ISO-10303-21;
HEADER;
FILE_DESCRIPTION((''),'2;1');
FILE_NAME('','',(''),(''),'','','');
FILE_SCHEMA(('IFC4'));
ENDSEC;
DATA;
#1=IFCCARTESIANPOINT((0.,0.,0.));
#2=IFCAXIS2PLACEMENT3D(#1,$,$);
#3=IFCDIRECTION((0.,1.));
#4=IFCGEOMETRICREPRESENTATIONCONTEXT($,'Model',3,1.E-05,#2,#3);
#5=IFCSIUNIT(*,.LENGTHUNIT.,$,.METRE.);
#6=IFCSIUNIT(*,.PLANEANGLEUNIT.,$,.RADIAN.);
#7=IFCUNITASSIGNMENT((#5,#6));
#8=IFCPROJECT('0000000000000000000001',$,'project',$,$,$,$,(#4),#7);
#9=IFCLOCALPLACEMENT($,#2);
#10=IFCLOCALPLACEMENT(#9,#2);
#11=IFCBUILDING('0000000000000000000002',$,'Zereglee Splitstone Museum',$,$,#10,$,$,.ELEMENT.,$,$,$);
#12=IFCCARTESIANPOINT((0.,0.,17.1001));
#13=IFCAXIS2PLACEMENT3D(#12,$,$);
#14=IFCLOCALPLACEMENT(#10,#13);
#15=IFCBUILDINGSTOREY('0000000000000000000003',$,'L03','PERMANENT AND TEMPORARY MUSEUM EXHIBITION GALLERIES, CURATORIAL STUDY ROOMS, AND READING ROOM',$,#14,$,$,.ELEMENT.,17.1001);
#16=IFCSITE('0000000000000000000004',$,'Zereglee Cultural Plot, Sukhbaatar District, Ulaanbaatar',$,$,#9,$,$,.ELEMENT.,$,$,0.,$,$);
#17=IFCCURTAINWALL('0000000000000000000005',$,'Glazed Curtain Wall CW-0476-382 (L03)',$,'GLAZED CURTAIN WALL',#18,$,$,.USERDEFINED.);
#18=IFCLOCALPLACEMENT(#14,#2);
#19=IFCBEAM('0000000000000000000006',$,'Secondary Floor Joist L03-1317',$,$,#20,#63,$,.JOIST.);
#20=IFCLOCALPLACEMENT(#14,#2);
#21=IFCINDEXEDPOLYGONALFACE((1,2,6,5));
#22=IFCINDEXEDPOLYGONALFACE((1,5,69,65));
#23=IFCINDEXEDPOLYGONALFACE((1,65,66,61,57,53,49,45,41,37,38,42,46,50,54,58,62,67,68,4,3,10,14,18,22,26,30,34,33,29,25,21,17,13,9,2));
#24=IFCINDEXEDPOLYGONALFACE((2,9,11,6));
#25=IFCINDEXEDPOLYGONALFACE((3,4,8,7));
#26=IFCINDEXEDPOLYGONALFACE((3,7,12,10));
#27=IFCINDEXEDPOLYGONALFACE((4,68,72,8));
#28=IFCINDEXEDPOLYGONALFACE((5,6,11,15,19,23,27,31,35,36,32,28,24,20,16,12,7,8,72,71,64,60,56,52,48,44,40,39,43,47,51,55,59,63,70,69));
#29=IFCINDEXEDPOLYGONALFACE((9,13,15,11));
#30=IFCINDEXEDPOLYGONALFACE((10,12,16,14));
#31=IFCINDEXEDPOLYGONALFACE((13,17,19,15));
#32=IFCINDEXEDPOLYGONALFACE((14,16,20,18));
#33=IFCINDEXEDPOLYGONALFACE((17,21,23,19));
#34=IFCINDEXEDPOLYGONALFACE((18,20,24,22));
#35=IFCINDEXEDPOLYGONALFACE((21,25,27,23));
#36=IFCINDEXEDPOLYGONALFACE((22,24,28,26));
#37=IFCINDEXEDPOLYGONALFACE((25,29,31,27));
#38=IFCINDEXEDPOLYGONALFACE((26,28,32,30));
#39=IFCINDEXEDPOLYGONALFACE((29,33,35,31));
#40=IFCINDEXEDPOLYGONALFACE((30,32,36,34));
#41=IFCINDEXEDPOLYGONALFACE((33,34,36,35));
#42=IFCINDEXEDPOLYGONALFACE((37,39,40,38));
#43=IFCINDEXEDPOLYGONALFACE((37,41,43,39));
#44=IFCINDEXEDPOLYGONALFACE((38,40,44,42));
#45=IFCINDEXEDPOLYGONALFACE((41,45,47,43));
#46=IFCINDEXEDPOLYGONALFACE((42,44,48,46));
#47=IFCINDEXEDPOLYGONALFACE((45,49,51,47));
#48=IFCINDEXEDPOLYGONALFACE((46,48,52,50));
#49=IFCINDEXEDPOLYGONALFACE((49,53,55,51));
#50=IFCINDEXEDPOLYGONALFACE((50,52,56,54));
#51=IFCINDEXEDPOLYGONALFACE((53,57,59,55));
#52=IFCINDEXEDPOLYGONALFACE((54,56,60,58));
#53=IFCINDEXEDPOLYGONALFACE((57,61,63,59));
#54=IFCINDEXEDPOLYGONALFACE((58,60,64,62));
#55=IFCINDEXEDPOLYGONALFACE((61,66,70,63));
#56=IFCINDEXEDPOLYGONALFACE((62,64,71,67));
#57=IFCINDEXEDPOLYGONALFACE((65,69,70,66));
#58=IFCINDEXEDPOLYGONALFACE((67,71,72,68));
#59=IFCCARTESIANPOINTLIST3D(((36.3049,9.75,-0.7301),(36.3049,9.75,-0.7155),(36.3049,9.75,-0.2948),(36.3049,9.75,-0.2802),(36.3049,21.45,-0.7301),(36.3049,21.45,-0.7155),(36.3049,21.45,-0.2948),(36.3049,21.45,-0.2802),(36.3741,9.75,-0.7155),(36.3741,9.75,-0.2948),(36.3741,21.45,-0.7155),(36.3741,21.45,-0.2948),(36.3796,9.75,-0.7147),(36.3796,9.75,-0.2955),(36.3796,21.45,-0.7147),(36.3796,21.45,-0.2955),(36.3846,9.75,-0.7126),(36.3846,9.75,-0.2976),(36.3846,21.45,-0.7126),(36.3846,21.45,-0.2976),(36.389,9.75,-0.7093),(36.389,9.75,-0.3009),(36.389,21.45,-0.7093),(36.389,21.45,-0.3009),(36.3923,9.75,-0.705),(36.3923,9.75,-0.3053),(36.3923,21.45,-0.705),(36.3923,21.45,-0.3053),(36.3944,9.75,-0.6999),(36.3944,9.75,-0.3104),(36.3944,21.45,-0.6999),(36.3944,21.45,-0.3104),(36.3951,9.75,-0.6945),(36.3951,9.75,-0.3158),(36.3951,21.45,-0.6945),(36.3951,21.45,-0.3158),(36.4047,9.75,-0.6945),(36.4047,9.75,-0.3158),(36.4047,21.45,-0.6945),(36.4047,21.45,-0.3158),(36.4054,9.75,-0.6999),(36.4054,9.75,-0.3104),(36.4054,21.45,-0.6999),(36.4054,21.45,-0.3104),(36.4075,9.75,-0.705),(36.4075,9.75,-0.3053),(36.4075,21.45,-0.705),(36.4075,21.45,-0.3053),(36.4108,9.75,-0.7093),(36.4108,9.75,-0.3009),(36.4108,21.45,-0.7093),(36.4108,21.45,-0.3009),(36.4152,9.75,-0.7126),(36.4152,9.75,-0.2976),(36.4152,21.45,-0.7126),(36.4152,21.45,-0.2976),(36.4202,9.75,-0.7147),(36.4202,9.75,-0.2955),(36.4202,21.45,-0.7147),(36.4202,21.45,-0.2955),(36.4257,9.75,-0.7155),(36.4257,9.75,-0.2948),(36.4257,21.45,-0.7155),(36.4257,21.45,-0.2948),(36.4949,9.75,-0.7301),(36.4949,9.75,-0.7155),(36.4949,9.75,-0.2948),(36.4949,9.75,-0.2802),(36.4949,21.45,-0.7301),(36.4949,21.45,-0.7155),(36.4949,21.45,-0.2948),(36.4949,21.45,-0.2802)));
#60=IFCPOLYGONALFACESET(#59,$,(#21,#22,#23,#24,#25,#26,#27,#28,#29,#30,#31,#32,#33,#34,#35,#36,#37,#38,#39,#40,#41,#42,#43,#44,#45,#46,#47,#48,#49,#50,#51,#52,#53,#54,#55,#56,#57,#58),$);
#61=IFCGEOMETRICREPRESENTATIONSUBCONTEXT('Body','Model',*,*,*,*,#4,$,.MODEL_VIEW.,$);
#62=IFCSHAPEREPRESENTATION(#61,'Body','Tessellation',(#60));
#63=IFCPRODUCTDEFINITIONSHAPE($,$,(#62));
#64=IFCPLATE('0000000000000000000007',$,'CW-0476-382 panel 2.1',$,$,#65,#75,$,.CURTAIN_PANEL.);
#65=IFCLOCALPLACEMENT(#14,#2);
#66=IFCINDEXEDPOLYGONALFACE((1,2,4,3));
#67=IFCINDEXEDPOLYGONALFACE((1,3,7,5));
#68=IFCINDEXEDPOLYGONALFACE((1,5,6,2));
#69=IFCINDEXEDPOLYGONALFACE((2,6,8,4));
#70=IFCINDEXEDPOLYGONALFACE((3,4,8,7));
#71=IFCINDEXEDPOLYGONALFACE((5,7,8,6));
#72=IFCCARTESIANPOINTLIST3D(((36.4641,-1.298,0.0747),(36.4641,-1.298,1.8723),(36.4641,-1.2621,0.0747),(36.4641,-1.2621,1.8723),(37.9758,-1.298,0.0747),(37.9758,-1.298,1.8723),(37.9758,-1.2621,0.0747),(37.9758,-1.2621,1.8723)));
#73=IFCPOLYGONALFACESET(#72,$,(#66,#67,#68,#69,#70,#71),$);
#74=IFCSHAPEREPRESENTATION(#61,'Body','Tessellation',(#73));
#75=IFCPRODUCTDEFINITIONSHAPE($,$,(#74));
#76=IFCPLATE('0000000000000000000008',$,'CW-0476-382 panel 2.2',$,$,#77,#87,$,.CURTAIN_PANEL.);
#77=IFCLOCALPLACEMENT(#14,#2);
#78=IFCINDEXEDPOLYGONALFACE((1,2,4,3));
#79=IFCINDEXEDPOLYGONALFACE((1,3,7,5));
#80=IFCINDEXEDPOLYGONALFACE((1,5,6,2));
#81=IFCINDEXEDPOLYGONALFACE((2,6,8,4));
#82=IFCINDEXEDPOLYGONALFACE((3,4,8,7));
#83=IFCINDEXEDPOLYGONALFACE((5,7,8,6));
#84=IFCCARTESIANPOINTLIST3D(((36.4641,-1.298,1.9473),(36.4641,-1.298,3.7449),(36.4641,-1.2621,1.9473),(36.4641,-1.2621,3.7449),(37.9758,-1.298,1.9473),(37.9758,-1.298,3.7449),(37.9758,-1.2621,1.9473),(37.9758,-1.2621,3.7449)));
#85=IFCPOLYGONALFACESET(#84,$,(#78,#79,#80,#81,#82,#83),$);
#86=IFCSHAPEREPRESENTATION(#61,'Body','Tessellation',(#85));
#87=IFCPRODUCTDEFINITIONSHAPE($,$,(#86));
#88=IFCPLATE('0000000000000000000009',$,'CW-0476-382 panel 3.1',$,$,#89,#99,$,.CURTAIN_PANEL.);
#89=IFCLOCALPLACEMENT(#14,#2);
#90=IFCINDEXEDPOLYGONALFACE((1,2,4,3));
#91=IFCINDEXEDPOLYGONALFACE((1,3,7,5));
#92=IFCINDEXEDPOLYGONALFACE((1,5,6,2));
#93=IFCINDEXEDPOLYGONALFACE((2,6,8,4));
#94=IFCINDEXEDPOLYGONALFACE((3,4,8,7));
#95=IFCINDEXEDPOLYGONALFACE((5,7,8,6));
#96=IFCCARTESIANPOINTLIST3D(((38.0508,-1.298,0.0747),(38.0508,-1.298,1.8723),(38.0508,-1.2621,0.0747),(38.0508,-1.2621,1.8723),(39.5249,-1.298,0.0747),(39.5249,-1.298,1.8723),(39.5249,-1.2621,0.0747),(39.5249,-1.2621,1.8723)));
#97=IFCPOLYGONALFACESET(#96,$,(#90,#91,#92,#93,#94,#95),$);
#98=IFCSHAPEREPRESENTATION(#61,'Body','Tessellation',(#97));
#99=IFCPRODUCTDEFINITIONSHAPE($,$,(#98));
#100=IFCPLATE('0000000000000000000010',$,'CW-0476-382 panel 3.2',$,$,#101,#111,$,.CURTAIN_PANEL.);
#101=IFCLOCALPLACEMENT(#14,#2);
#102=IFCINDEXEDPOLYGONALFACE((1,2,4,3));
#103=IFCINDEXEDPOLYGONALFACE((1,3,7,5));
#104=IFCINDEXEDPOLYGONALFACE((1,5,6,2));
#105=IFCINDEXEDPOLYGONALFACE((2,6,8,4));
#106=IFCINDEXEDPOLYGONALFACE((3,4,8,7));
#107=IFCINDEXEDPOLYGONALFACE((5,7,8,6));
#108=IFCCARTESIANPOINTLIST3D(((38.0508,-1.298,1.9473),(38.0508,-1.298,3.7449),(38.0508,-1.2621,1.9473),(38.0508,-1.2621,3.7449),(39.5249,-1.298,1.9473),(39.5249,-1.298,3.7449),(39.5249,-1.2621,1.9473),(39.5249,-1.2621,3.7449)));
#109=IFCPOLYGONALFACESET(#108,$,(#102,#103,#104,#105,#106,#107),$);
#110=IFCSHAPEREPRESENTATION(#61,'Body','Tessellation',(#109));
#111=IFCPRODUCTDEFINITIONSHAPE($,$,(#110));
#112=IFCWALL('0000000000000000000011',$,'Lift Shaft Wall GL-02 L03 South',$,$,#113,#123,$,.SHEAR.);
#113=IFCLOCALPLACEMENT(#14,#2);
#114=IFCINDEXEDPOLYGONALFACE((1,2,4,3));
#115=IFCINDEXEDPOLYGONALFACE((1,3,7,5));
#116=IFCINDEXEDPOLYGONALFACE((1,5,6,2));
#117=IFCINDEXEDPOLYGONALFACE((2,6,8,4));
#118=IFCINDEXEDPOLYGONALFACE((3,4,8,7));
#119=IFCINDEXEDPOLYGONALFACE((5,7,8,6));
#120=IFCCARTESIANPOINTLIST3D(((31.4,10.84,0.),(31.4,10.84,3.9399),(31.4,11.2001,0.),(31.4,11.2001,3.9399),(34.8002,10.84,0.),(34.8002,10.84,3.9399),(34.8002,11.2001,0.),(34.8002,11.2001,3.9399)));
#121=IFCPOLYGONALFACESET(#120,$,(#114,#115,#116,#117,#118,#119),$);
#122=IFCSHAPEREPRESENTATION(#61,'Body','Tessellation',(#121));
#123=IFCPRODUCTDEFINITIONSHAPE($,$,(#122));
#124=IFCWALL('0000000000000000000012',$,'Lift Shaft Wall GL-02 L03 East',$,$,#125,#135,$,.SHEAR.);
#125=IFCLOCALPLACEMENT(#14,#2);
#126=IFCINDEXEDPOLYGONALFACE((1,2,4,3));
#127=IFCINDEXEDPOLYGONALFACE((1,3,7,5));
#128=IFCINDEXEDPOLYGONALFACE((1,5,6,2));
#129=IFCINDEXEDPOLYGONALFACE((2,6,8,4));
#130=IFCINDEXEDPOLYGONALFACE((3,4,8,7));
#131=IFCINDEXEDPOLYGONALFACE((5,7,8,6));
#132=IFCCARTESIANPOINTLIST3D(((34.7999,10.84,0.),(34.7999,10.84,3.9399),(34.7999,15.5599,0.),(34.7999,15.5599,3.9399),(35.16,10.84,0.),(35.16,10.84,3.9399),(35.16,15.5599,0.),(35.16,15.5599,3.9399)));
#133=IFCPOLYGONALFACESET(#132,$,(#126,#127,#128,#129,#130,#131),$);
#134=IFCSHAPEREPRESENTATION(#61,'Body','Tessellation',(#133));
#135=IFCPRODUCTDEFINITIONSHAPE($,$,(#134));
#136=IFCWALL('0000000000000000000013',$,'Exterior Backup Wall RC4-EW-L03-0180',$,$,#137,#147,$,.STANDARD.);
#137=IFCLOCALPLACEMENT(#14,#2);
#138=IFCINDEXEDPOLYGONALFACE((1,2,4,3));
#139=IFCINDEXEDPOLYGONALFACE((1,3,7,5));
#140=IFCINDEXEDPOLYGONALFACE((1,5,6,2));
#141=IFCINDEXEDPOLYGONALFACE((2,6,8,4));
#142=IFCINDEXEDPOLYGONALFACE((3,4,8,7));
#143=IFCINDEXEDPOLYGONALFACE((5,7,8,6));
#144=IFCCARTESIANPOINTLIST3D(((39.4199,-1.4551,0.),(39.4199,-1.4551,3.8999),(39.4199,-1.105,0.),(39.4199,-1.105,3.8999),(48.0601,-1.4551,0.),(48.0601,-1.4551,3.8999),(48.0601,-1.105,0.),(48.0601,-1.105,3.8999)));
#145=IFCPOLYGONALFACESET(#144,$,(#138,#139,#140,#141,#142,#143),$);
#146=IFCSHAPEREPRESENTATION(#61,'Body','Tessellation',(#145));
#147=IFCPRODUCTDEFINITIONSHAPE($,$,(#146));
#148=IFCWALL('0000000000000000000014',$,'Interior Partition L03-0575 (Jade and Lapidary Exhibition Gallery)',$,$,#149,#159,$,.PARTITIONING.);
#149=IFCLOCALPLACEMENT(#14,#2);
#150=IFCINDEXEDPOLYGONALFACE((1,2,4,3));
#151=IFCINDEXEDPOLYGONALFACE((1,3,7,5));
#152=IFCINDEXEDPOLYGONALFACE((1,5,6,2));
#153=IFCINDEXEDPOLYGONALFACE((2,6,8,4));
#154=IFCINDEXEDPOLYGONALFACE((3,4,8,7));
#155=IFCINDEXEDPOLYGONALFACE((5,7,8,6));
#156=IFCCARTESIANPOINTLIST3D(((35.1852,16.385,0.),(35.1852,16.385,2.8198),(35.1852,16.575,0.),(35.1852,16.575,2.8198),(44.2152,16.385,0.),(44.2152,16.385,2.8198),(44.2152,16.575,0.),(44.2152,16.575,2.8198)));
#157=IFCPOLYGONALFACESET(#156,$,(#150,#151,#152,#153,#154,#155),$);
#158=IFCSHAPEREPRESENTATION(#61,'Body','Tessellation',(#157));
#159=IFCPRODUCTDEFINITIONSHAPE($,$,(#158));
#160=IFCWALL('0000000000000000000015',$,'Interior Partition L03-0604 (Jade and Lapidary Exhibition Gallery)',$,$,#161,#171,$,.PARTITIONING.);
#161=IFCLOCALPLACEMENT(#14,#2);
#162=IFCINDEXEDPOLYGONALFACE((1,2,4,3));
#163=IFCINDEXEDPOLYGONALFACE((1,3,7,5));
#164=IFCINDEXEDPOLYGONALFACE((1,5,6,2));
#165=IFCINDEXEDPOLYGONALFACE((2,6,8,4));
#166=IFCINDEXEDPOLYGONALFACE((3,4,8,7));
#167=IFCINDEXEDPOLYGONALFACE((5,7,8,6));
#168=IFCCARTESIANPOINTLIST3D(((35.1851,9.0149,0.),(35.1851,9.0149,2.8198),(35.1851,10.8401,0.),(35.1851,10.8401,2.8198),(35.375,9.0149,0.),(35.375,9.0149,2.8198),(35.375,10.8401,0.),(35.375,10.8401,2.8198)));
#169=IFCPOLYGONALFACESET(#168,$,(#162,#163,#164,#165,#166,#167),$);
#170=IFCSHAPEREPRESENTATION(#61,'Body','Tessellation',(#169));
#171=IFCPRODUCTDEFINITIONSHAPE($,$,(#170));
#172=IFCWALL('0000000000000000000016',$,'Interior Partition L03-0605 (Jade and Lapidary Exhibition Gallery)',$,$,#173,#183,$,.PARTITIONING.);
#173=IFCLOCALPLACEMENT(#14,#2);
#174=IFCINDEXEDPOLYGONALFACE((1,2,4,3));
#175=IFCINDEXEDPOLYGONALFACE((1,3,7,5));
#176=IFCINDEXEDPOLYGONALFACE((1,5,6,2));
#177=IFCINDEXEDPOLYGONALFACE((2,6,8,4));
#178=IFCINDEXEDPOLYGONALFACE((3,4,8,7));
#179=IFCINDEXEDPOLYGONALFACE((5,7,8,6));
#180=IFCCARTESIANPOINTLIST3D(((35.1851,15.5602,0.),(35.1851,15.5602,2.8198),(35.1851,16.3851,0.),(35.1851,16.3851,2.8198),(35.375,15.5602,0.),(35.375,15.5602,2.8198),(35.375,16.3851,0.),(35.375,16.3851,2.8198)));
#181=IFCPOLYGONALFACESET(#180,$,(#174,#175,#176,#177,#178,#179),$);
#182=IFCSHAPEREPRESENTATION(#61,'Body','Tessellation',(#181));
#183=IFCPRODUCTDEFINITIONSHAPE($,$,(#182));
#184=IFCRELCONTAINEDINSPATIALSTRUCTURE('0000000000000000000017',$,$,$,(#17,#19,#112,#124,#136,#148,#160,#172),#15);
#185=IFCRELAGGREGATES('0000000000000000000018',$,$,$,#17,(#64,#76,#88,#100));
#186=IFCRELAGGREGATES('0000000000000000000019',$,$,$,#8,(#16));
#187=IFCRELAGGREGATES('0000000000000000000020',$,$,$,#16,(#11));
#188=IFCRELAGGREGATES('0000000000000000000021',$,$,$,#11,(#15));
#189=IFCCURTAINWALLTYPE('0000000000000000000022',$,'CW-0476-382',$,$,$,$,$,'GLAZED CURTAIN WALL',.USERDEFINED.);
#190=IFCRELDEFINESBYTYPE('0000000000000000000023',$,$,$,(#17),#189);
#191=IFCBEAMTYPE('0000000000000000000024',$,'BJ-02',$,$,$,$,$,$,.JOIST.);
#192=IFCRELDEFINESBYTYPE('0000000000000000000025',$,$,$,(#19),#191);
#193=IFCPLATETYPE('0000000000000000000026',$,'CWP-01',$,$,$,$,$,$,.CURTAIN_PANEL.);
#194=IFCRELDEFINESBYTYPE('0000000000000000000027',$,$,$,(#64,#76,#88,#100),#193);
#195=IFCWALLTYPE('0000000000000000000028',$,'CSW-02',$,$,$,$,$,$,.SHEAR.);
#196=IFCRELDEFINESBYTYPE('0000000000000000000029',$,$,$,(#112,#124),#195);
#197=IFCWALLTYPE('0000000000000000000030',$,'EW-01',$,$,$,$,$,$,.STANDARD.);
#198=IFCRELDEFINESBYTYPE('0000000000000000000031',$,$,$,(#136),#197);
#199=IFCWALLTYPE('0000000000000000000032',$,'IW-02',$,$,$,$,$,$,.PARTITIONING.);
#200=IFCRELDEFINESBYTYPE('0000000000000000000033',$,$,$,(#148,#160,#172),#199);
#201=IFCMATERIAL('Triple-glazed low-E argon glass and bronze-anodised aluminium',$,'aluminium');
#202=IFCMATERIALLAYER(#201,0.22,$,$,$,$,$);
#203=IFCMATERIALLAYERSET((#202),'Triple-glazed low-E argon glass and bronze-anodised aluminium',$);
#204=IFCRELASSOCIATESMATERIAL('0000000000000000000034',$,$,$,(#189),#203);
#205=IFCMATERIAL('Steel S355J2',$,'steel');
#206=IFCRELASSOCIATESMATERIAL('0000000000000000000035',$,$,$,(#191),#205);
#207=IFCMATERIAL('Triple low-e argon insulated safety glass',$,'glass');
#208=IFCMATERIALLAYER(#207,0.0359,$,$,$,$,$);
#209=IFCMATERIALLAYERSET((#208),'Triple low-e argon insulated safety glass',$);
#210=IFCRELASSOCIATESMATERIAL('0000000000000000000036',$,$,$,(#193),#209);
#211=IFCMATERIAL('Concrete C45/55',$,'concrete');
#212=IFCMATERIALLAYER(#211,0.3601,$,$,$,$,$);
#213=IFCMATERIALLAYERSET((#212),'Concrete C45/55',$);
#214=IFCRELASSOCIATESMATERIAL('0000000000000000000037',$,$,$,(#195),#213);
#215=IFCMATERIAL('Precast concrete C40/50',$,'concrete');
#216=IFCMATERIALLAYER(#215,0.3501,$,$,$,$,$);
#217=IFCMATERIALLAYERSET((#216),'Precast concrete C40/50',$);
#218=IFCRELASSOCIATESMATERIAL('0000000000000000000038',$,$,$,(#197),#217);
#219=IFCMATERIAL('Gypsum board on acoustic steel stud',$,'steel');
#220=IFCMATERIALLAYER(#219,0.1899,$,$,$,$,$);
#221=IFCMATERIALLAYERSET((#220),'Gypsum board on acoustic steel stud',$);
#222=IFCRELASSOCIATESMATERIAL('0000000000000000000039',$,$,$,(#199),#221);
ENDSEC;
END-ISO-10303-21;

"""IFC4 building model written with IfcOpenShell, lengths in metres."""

from ifc_helpers import new_model, si_unit, direction, frame, frame_2d, origin, origin_2d, place, context, subcontext, project, spatial, rectangle, i_section, extrude, material, layer, layer_set, material_profile, profile_set, type_object, element, aggregate, save


model = new_model("IFC4")

# Units and contexts
model_context = context("Model", 3, precision=1e-05, world=origin(), true_north=direction((0.0, 1.0)))
body_context = subcontext(model_context, "Body", "Model", "MODEL_VIEW")
ifc_project = project(units=[si_unit("LENGTHUNIT", "METRE"), si_unit("PLANEANGLEUNIT", "RADIAN")], contexts=[model_context])

# Site, building, storey
site_placement = place(None, origin())
site = spatial("IfcSite", under=ifc_project, at=site_placement, Name="Zereglee Cultural Plot, Sukhbaatar District, Ulaanbaatar", CompositionType="ELEMENT", RefElevation=0.0)
building_placement = place(site_placement, origin())
building = spatial("IfcBuilding", under=site, at=building_placement, Name="Zereglee Splitstone Museum", CompositionType="ELEMENT")
storey_placement = place(building_placement, frame((0.0, 0.0, 17.1001)))
storey = spatial("IfcBuildingStorey", under=building, at=storey_placement, Name="L03", Description="PERMANENT AND TEMPORARY MUSEUM EXHIBITION GALLERIES, CURATORIAL STUDY ROOMS, AND READING ROOM", CompositionType="ELEMENT", Elevation=17.1001)

# Curtain wall
ifc_material_1 = material(Name="Triple-glazed low-E argon glass and bronze-anodised aluminium", Category="aluminium")
ifc_layer_1 = layer(ifc_material_1, 0.22)
ifc_layer_set_1 = layer_set([ifc_layer_1], Name="Triple-glazed low-E argon glass and bronze-anodised aluminium")
curtain_wall_type = type_object("IfcCurtainWallType", Name="CW-0476-382", ElementType="GLAZED CURTAIN WALL", PredefinedType="USERDEFINED", material=ifc_layer_set_1)
curtain_wall_placement = place(storey_placement, origin())
curtain_wall = element("IfcCurtainWall", 1, at=curtain_wall_placement, inside=storey, type_object=curtain_wall_type, Name="Glazed Curtain Wall CW-0476-382 (L03)", ObjectType="GLAZED CURTAIN WALL", PredefinedType="USERDEFINED")

# Beam
ifc_material_2 = material(Name="Steel S355J2", Category="steel")
ifc_material_profile_1 = material_profile(ifc_material_2, i_section(OverallWidth=0.1899, OverallDepth=0.45, WebThickness=0.0095, FlangeThickness=0.0146, FilletRadius=0.021, at=origin_2d()), Name="IPE 450")
ifc_profile_set_1 = profile_set([ifc_material_profile_1], Name="Steel S355J2")
beam_type_1 = type_object("IfcBeamType", Name="BJ-02", PredefinedType="JOIST", material=ifc_profile_set_1)
beam_1_placement = place(storey_placement, frame((36.3999, 9.75, -0.5051), z_axis=(0.0, 1.0, 0.0), x_axis=(-1.0, 0.0, 0.0)))
element("IfcBeam", 2, at=beam_1_placement, inside=storey, type_object=beam_type_1, Name="Secondary Floor Joist L03-1317", PredefinedType="JOIST", context=body_context, shape_type="SweptSolid", body=[
    extrude(i_section(OverallWidth=0.1899, OverallDepth=0.45, WebThickness=0.0095, FlangeThickness=0.0146, FilletRadius=0.021, at=origin_2d()), origin(), (0.0, 0.0, 1.0), 11.7),
])

# Plates
ifc_material_3 = material(Name="Triple low-e argon insulated safety glass", Category="glass")
ifc_layer_2 = layer(ifc_material_3, 0.0359)
ifc_layer_set_2 = layer_set([ifc_layer_2], Name="Triple low-e argon insulated safety glass")
plate_type = type_object("IfcPlateType", Name="CWP-01", PredefinedType="CURTAIN_PANEL", material=ifc_layer_set_2)
plate_1_placement = place(storey_placement, frame((37.22, -1.28, 0.0747), z_axis=(0.0, 0.0, 1.0), x_axis=(1.0, 0.0, 0.0)))
plate_1 = element("IfcPlate", 3, at=plate_1_placement, type_object=plate_type, Name="CW-0476-382 panel 2.1", PredefinedType="CURTAIN_PANEL", context=body_context, shape_type="SweptSolid", body=[
    extrude(rectangle(XDim=1.5117, YDim=0.0359, at=origin_2d()), origin(), (0.0, 0.0, 1.0), 1.7976),
])
plate_2_placement = place(storey_placement, frame((37.22, -1.28, 1.9473), z_axis=(0.0, 0.0, 1.0), x_axis=(1.0, 0.0, 0.0)))
plate_2 = element("IfcPlate", 4, at=plate_2_placement, type_object=plate_type, Name="CW-0476-382 panel 2.2", PredefinedType="CURTAIN_PANEL", context=body_context, shape_type="SweptSolid", body=[
    extrude(rectangle(XDim=1.5117, YDim=0.0359, at=origin_2d()), origin(), (0.0, 0.0, 1.0), 1.7976),
])
plate_3_placement = place(storey_placement, frame((38.7878, -1.28, 0.0747), z_axis=(0.0, 0.0, 1.0), x_axis=(1.0, 0.0, 0.0)))
plate_3 = element("IfcPlate", 5, at=plate_3_placement, type_object=plate_type, Name="CW-0476-382 panel 3.1", PredefinedType="CURTAIN_PANEL", context=body_context, shape_type="SweptSolid", body=[
    extrude(rectangle(XDim=1.4741, YDim=0.0359, at=origin_2d()), origin(), (0.0, 0.0, 1.0), 1.7976),
])
plate_4_placement = place(storey_placement, frame((38.7878, -1.28, 1.9473), z_axis=(0.0, 0.0, 1.0), x_axis=(1.0, 0.0, 0.0)))
plate_4 = element("IfcPlate", 6, at=plate_4_placement, type_object=plate_type, Name="CW-0476-382 panel 3.2", PredefinedType="CURTAIN_PANEL", context=body_context, shape_type="SweptSolid", body=[
    extrude(rectangle(XDim=1.4741, YDim=0.0359, at=origin_2d()), origin(), (0.0, 0.0, 1.0), 1.7976),
])
aggregate(curtain_wall, [plate_1, plate_2, plate_3, plate_4])

# Shared definitions
ifc_material_4 = material(Name="Concrete C45/55", Category="concrete")
ifc_layer_3 = layer(ifc_material_4, 0.3601)
ifc_layer_set_3 = layer_set([ifc_layer_3], Name="Concrete C45/55")
wall_type_1 = type_object("IfcWallType", Name="CSW-02", PredefinedType="SHEAR", material=ifc_layer_set_3)

# Walls
wall_1_placement = place(storey_placement, frame((31.3999, 11.02, 0.0), z_axis=(0.0, 0.0, 1.0), x_axis=(1.0, 0.0, 0.0)))
element("IfcWall", 7, at=wall_1_placement, inside=storey, type_object=wall_type_1, Name="Lift Shaft Wall GL-02 L03 South", PredefinedType="SHEAR", context=body_context, shape_type="SweptSolid", body=[
    extrude(rectangle(XDim=3.4001, YDim=0.3601, at=frame_2d((1.7002, 0.0))), origin(), (0.0, 0.0, 1.0), 3.9399),
])
wall_2_placement = place(storey_placement, frame((34.98, 10.8401, 0.0), z_axis=(0.0, 0.0, 1.0), x_axis=(0.0, 1.0, 0.0)))
element("IfcWall", 8, at=wall_2_placement, inside=storey, type_object=wall_type_1, Name="Lift Shaft Wall GL-02 L03 East", PredefinedType="SHEAR", context=body_context, shape_type="SweptSolid", body=[
    extrude(rectangle(XDim=4.72, YDim=0.3601, at=frame_2d((2.3599, 0.0))), origin(), (0.0, 0.0, 1.0), 3.9399),
])
ifc_material_5 = material(Name="Precast concrete C40/50", Category="concrete")
ifc_layer_4 = layer(ifc_material_5, 0.3501)
ifc_layer_set_4 = layer_set([ifc_layer_4], Name="Precast concrete C40/50")
wall_type_2 = type_object("IfcWallType", Name="EW-01", PredefinedType="STANDARD", material=ifc_layer_set_4)
wall_3_placement = place(storey_placement, frame((39.4199, -1.28, 0.0), z_axis=(0.0, 0.0, 1.0), x_axis=(1.0, 0.0, 0.0)))
element("IfcWall", 9, at=wall_3_placement, inside=storey, type_object=wall_type_2, Name="Exterior Backup Wall RC4-EW-L03-0180", PredefinedType="STANDARD", context=body_context, shape_type="SweptSolid", body=[
    extrude(rectangle(XDim=8.6401, YDim=0.3501, at=frame_2d((4.3201, 0.0))), origin(), (0.0, 0.0, 1.0), 3.8999),
])
ifc_material_6 = material(Name="Gypsum board on acoustic steel stud", Category="steel")
ifc_layer_5 = layer(ifc_material_6, 0.1899)
ifc_layer_set_5 = layer_set([ifc_layer_5], Name="Gypsum board on acoustic steel stud")
wall_type_3 = type_object("IfcWallType", Name="IW-02", PredefinedType="PARTITIONING", material=ifc_layer_set_5)
wall_4_placement = place(storey_placement, frame((35.1851, 16.48, 0.0), z_axis=(0.0, 0.0, 1.0), x_axis=(1.0, 0.0, 0.0)))
element("IfcWall", 10, at=wall_4_placement, inside=storey, type_object=wall_type_3, Name="Interior Partition L03-0575 (Jade and Lapidary Exhibition Gallery)", PredefinedType="PARTITIONING", context=body_context, shape_type="SweptSolid", body=[
    extrude(rectangle(XDim=9.03, YDim=0.1899, at=frame_2d((4.5151, 0.0))), origin(), (0.0, 0.0, 1.0), 2.8198),
])
wall_5_placement = place(storey_placement, frame((35.28, 9.0149, 0.0), z_axis=(0.0, 0.0, 1.0), x_axis=(0.0, 1.0, 0.0)))
element("IfcWall", 11, at=wall_5_placement, inside=storey, type_object=wall_type_3, Name="Interior Partition L03-0604 (Jade and Lapidary Exhibition Gallery)", PredefinedType="PARTITIONING", context=body_context, shape_type="SweptSolid", body=[
    extrude(rectangle(XDim=1.8252, YDim=0.1899, at=frame_2d((0.9126, 0.0))), origin(), (0.0, 0.0, 1.0), 2.8198),
])
wall_6_placement = place(storey_placement, frame((35.28, 15.5601, 0.0), z_axis=(0.0, 0.0, 1.0), x_axis=(0.0, 1.0, 0.0)))
element("IfcWall", 12, at=wall_6_placement, inside=storey, type_object=wall_type_3, Name="Interior Partition L03-0605 (Jade and Lapidary Exhibition Gallery)", PredefinedType="PARTITIONING", context=body_context, shape_type="SweptSolid", body=[
    extrude(rectangle(XDim=0.825, YDim=0.1899, at=frame_2d((0.4126, 0.0))), origin(), (0.0, 0.0, 1.0), 2.8198),
])

save(model, "model.ifc")
